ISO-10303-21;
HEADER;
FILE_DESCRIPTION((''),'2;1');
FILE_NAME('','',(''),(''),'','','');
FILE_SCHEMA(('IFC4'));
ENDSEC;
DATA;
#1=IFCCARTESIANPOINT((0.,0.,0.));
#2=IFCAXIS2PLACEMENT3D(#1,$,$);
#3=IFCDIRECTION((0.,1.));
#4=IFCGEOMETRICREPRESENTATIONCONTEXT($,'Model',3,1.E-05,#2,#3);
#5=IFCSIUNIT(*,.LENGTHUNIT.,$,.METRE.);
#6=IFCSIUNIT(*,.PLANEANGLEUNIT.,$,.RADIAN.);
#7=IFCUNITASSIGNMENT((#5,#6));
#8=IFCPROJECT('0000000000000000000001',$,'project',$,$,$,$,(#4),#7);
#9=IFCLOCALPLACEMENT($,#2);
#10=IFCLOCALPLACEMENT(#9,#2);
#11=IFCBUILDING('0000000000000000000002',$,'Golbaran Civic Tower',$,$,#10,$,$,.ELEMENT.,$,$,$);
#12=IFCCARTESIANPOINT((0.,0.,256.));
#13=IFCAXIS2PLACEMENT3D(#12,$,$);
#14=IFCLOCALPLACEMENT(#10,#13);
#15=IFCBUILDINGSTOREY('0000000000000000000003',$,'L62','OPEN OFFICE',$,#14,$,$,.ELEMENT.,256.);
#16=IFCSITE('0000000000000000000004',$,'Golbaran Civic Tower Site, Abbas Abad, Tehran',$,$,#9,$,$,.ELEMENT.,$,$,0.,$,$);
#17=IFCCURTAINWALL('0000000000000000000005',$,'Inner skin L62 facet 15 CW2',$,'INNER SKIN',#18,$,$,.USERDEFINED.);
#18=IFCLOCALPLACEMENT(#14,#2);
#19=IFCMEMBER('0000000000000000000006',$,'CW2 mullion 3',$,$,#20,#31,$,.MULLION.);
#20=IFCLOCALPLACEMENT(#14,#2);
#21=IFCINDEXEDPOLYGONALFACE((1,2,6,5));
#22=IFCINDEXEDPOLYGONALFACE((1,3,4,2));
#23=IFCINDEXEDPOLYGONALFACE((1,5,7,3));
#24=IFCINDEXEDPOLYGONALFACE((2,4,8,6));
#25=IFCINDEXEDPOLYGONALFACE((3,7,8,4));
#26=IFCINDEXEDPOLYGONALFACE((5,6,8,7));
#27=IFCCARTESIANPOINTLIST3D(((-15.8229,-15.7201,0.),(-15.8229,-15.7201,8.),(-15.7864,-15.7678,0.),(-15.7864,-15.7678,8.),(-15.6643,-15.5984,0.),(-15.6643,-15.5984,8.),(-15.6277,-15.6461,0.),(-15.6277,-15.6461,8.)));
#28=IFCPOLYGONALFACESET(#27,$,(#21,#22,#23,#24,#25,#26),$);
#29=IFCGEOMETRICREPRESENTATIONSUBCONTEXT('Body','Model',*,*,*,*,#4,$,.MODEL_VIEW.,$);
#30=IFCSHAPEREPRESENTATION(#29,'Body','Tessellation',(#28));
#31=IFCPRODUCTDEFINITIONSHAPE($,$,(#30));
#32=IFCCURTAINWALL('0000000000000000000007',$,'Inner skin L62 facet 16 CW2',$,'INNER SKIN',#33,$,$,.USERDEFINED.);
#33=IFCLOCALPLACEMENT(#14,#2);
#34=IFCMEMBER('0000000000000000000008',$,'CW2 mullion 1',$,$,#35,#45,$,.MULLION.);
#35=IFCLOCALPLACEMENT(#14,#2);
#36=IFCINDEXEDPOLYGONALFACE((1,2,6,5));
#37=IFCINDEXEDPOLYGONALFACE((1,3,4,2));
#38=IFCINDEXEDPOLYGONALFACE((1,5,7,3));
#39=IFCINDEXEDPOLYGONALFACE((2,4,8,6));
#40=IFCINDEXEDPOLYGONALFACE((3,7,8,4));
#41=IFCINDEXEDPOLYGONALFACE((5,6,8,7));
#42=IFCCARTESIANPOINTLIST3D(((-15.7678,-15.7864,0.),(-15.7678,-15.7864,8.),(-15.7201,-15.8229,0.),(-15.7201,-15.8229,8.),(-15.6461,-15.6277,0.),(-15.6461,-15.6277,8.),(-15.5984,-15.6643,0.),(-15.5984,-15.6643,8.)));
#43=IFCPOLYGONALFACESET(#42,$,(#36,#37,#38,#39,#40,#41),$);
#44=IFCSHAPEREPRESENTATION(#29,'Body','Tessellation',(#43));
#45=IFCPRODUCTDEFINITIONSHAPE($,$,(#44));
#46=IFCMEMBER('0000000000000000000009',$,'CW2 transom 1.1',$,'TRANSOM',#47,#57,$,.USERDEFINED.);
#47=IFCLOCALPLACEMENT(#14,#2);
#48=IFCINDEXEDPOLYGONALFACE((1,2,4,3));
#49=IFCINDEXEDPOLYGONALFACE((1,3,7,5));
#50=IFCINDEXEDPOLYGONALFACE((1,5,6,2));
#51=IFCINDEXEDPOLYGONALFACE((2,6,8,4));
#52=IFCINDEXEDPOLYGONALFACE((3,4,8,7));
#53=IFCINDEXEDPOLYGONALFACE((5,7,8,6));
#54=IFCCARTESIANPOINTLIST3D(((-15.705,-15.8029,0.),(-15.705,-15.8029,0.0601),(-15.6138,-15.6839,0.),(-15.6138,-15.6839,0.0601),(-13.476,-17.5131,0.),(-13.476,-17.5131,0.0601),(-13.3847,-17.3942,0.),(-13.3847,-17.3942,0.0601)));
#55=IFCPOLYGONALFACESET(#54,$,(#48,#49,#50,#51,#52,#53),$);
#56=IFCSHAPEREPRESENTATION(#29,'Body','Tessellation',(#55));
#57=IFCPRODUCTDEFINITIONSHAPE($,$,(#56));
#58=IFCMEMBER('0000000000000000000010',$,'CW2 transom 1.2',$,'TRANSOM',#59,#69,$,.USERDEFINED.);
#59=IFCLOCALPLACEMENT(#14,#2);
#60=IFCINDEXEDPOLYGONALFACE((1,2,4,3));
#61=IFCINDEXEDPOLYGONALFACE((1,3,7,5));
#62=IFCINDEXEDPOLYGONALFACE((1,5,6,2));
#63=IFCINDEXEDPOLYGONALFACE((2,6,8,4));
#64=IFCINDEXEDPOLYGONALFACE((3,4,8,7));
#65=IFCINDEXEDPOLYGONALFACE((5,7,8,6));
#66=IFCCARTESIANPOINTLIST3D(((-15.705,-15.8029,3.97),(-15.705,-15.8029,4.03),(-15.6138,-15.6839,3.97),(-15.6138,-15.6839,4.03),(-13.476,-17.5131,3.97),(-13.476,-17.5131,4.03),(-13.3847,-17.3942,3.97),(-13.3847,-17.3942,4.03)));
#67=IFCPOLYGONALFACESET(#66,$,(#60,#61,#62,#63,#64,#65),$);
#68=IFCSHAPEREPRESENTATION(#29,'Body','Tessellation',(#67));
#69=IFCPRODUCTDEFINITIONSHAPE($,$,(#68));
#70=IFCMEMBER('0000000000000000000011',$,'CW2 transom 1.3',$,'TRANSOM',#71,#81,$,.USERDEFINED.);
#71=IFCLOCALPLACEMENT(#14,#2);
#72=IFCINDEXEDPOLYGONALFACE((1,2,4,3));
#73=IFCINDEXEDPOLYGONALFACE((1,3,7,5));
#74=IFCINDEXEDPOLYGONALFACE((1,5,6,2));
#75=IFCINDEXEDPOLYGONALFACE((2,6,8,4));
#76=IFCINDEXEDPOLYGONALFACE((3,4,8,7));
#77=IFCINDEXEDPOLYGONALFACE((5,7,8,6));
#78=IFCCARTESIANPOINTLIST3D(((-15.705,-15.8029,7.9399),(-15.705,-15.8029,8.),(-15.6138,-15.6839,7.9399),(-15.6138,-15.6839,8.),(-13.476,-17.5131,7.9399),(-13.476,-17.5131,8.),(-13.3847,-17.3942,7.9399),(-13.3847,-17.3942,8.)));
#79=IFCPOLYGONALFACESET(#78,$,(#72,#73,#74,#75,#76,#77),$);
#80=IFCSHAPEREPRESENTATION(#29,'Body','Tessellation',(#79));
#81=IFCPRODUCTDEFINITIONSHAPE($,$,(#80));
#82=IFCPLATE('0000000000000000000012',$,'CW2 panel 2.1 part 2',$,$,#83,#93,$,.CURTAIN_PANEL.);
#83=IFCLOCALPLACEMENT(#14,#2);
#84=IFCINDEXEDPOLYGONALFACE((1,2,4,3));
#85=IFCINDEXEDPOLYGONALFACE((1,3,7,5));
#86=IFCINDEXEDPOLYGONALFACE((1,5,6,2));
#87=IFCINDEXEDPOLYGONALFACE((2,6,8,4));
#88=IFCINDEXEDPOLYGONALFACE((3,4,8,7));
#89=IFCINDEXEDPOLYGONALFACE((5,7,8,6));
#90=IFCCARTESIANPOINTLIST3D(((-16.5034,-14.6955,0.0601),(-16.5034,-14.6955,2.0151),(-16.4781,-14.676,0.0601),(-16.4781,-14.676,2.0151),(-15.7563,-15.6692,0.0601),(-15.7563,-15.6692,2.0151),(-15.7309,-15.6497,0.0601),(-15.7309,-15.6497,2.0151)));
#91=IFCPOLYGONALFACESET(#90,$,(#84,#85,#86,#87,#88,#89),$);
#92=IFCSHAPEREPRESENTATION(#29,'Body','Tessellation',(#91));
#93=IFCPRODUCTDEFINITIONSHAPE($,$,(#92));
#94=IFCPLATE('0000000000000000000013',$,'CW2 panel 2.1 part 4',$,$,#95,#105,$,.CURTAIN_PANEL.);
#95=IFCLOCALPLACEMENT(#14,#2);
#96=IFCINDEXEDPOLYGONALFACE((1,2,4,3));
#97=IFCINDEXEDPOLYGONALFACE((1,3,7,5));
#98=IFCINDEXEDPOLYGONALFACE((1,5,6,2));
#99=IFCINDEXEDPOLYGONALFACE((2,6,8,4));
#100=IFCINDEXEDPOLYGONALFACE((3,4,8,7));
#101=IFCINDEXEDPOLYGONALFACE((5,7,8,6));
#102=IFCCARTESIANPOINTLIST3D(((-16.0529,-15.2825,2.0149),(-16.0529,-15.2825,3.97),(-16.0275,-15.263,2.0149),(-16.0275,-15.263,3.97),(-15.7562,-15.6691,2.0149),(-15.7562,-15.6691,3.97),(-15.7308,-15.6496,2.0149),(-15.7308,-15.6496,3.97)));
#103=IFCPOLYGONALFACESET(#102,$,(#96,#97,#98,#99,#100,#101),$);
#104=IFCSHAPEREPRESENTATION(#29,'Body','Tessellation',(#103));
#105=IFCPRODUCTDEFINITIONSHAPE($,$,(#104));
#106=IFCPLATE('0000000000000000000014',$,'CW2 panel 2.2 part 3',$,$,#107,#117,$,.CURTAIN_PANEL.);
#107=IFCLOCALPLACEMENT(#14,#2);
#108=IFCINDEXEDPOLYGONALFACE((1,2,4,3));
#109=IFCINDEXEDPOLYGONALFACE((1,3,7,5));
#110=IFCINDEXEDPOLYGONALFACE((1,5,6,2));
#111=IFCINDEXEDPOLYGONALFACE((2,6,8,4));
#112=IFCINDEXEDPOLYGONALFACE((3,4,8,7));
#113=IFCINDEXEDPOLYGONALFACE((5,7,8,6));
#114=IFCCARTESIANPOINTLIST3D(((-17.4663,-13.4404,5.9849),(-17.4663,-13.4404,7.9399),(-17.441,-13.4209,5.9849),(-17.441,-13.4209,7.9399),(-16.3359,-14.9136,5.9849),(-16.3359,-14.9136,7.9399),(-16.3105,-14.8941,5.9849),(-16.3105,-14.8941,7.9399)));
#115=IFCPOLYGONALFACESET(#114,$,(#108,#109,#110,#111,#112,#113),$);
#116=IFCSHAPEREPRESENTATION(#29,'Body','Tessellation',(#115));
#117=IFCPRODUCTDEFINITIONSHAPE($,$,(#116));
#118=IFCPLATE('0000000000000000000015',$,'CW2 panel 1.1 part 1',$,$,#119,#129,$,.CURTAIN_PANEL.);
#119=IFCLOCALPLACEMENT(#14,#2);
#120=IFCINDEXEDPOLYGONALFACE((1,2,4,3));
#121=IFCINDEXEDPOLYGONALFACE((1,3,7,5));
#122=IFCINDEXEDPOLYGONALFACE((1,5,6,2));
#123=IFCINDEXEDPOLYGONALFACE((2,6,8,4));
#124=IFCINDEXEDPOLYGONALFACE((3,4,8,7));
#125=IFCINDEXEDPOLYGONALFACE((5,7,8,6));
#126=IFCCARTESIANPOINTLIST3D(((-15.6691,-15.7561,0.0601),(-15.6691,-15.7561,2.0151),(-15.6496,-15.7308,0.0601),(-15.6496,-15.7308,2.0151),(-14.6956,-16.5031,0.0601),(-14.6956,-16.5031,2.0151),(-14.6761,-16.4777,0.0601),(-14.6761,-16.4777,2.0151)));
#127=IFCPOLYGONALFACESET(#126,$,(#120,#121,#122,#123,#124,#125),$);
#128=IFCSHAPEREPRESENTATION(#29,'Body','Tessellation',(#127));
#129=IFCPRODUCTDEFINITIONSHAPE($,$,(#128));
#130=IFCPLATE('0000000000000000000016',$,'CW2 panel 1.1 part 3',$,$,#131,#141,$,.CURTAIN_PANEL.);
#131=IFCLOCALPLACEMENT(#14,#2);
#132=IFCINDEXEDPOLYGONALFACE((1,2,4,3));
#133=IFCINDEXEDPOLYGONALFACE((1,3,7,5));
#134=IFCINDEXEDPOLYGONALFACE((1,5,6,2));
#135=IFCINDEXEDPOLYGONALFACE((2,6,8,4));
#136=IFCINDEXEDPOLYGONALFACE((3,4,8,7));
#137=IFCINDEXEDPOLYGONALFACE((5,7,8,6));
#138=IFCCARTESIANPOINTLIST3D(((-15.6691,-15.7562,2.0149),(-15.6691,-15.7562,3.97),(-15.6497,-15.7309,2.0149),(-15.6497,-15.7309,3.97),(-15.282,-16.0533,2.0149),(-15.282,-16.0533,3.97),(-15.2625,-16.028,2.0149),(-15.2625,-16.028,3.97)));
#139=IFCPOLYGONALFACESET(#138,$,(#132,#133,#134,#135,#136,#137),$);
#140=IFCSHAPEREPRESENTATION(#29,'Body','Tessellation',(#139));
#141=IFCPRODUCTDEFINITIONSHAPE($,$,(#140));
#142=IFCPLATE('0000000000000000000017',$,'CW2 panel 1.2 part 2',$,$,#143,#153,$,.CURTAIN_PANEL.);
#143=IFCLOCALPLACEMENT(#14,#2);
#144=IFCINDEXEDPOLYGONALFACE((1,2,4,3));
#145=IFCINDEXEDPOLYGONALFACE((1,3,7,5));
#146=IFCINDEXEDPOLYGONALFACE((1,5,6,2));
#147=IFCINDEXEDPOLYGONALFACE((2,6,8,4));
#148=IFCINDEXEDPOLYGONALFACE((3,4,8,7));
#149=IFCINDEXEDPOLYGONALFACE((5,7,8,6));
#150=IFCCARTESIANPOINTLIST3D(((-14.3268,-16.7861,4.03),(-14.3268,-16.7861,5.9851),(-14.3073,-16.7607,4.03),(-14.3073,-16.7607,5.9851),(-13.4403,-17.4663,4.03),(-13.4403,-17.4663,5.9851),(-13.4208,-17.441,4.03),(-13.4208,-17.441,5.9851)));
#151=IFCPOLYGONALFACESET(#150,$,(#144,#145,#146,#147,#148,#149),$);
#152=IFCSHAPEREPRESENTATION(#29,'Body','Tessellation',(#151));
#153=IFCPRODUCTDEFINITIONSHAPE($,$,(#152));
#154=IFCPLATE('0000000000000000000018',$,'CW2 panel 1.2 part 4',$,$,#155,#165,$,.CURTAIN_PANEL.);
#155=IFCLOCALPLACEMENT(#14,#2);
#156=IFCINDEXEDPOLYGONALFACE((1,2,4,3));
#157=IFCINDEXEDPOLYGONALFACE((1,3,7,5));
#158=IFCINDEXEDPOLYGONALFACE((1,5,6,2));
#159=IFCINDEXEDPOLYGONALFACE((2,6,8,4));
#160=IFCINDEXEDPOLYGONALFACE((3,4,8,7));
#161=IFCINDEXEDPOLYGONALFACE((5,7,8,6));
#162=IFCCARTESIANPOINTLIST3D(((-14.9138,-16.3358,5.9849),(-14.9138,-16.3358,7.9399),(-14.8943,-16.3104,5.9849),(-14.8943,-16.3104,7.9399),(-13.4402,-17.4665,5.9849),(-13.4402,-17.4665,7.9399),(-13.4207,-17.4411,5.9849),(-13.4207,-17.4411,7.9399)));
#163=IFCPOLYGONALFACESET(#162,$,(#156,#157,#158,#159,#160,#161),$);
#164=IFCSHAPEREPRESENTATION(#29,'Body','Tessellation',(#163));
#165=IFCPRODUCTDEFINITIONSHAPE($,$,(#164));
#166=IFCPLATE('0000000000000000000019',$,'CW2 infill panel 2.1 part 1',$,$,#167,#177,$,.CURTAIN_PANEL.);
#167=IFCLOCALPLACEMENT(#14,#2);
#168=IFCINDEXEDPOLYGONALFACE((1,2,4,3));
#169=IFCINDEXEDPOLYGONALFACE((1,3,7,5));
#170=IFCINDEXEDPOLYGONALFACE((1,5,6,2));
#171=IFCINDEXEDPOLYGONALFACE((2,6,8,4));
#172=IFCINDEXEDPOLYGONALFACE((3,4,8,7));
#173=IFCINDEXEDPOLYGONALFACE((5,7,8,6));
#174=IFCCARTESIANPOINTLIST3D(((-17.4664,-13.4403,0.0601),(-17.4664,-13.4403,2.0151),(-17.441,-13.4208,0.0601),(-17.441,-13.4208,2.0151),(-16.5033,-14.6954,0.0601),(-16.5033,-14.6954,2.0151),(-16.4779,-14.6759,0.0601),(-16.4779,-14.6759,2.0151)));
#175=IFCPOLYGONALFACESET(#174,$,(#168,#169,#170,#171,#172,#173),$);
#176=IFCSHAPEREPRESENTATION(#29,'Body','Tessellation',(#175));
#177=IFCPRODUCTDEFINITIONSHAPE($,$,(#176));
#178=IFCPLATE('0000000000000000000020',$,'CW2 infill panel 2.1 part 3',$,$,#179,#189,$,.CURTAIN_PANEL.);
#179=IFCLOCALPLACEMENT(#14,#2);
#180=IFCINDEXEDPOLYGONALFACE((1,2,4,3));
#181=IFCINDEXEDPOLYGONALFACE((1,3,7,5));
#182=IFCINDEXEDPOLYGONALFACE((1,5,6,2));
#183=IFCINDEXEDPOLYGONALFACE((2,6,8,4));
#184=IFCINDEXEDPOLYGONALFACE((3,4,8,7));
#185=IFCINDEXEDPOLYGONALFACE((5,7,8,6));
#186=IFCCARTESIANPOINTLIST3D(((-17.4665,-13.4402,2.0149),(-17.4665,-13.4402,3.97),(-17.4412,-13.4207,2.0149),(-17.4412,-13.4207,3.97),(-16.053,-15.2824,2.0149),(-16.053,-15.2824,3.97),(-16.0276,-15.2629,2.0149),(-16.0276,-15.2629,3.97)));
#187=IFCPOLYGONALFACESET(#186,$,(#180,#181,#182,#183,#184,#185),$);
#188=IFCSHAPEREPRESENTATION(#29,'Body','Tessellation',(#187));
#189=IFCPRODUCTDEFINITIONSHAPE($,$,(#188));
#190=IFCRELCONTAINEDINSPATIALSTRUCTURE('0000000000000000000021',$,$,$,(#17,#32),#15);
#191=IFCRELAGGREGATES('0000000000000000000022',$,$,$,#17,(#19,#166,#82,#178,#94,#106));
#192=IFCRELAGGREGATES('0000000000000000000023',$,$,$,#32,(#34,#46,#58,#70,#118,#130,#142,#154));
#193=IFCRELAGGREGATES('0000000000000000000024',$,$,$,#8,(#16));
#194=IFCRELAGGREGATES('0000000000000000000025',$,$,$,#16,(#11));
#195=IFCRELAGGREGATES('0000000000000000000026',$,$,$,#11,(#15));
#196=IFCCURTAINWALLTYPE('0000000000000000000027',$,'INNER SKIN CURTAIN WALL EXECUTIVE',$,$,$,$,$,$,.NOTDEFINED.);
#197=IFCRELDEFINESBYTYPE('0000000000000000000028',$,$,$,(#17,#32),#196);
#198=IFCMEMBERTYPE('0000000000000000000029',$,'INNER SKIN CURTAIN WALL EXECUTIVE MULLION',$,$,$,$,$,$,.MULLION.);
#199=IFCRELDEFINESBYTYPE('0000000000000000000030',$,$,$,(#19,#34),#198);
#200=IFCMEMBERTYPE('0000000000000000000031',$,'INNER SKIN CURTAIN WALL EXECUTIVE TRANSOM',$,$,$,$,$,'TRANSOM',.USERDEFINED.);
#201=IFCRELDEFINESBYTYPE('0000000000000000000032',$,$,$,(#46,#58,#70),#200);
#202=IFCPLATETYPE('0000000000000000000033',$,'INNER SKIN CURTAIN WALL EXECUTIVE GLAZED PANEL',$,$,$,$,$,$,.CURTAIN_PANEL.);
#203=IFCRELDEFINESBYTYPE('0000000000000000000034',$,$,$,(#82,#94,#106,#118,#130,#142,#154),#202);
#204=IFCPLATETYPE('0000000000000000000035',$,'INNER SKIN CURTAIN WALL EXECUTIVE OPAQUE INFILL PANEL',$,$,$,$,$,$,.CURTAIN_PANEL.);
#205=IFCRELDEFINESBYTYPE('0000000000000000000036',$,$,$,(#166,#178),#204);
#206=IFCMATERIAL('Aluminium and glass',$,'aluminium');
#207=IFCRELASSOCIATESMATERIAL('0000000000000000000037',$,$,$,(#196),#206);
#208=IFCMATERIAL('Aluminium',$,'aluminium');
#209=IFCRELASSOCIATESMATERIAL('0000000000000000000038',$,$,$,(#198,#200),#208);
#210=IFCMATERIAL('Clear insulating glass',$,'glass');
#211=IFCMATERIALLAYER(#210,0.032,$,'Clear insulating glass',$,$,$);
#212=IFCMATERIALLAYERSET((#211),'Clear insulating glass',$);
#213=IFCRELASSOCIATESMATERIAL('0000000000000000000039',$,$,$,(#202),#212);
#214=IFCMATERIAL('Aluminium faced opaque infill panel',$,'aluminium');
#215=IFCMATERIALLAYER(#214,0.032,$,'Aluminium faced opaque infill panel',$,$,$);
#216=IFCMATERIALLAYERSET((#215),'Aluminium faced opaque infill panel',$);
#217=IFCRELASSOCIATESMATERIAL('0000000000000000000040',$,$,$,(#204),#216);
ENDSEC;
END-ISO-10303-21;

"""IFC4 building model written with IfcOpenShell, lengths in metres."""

from ifc_helpers import new_model, si_unit, direction, frame, origin, origin_2d, place, context, subcontext, project, spatial, rectangle, extrude, material, layer, layer_set, material_profile, profile_set, type_object, element, aggregate, save


model = new_model("IFC4")

# Units and contexts
model_context = context("Model", 3, precision=1e-05, world=origin(), true_north=direction((0.0, 1.0)))
body_context = subcontext(model_context, "Body", "Model", "MODEL_VIEW")
ifc_project = project(units=[si_unit("LENGTHUNIT", "METRE"), si_unit("PLANEANGLEUNIT", "RADIAN")], contexts=[model_context])

# Site, building, storey
site_placement = place(None, origin())
site = spatial("IfcSite", under=ifc_project, at=site_placement, Name="Golbaran Civic Tower Site, Abbas Abad, Tehran", CompositionType="ELEMENT", RefElevation=0.0)
building_placement = place(site_placement, origin())
building = spatial("IfcBuilding", under=site, at=building_placement, Name="Golbaran Civic Tower", CompositionType="ELEMENT")
storey_placement = place(building_placement, frame((0.0, 0.0, 256.0)))
storey = spatial("IfcBuildingStorey", under=building, at=storey_placement, Name="L62", Description="OPEN OFFICE", CompositionType="ELEMENT", Elevation=256.0)

# Curtain wall, member
ifc_material_1 = material(Name="Aluminium and glass", Category="aluminium")
curtain_wall_type = type_object("IfcCurtainWallType", Name="INNER SKIN CURTAIN WALL EXECUTIVE", PredefinedType="NOTDEFINED", material=ifc_material_1)
curtain_wall_1_placement = place(storey_placement, origin())
curtain_wall_1 = element("IfcCurtainWall", 1, at=curtain_wall_1_placement, inside=storey, type_object=curtain_wall_type, Name="Inner skin L62 facet 15 CW2", ObjectType="INNER SKIN", PredefinedType="USERDEFINED")
ifc_material_2 = material(Name="Aluminium", Category="aluminium")
ifc_material_profile_1 = material_profile(ifc_material_2, rectangle(XDim=0.2, YDim=0.0601, at=origin_2d()), Name="INNER SKIN CURTAIN WALL EXECUTIVE MULLION")
ifc_profile_set_1 = profile_set([ifc_material_profile_1], Name="Aluminium")
member_type_1 = type_object("IfcMemberType", Name="INNER SKIN CURTAIN WALL EXECUTIVE MULLION", PredefinedType="MULLION", material=ifc_profile_set_1)
member_1_placement = place(storey_placement, frame((-15.7253, -15.6831, 0.0), z_axis=(0.0, 0.0, 1.0), x_axis=(0.793353, 0.608761, 0.0)))
member_1 = element("IfcMember", 2, at=member_1_placement, type_object=member_type_1, Name="CW2 mullion 3", PredefinedType="MULLION", context=body_context, shape_type="SweptSolid", body=[
    extrude(rectangle(XDim=0.2, YDim=0.0601, at=origin_2d()), origin(), (0.0, 0.0, 1.0), 8.0),
])

# Curtain wall, members
curtain_wall_2_placement = place(storey_placement, origin())
curtain_wall_2 = element("IfcCurtainWall", 3, at=curtain_wall_2_placement, inside=storey, type_object=curtain_wall_type, Name="Inner skin L62 facet 16 CW2", ObjectType="INNER SKIN", PredefinedType="USERDEFINED")
member_2_placement = place(storey_placement, frame((-15.6831, -15.7253, 0.0), z_axis=(0.0, 0.0, 1.0), x_axis=(0.608761, 0.793353, 0.0)))
member_2 = element("IfcMember", 4, at=member_2_placement, type_object=member_type_1, Name="CW2 mullion 1", PredefinedType="MULLION", context=body_context, shape_type="SweptSolid", body=[
    extrude(rectangle(XDim=0.2, YDim=0.0601, at=origin_2d()), origin(), (0.0, 0.0, 1.0), 8.0),
])
ifc_material_profile_2 = material_profile(ifc_material_2, rectangle(XDim=0.1499, YDim=0.0601, at=origin_2d()), Name="INNER SKIN CURTAIN WALL EXECUTIVE TRANSOM")
ifc_profile_set_2 = profile_set([ifc_material_profile_2], Name="Aluminium")
member_type_2 = type_object("IfcMemberType", Name="INNER SKIN CURTAIN WALL EXECUTIVE TRANSOM", ElementType="TRANSOM", PredefinedType="USERDEFINED", material=ifc_profile_set_2)
member_3_placement = place(storey_placement, frame((-15.6594, -15.7434, 0.03), z_axis=(0.793383, -0.608723, 0.0), x_axis=(0.608723, 0.793383, 0.0)))
member_3 = element("IfcMember", 5, at=member_3_placement, type_object=member_type_2, Name="CW2 transom 1.1", ObjectType="TRANSOM", PredefinedType="USERDEFINED", context=body_context, shape_type="SweptSolid", body=[
    extrude(rectangle(XDim=0.1499, YDim=0.0601, at=origin_2d()), origin(), (0.0, 0.0, 1.0), 2.8096),
])
member_4_placement = place(storey_placement, frame((-15.6594, -15.7434, 4.0), z_axis=(0.793383, -0.608723, 0.0), x_axis=(0.608723, 0.793383, 0.0)))
member_4 = element("IfcMember", 6, at=member_4_placement, type_object=member_type_2, Name="CW2 transom 1.2", ObjectType="TRANSOM", PredefinedType="USERDEFINED", context=body_context, shape_type="SweptSolid", body=[
    extrude(rectangle(XDim=0.1499, YDim=0.0601, at=origin_2d()), origin(), (0.0, 0.0, 1.0), 2.8096),
])
member_5_placement = place(storey_placement, frame((-15.6594, -15.7434, 7.97), z_axis=(0.793383, -0.608723, 0.0), x_axis=(0.608723, 0.793383, 0.0)))
member_5 = element("IfcMember", 7, at=member_5_placement, type_object=member_type_2, Name="CW2 transom 1.3", ObjectType="TRANSOM", PredefinedType="USERDEFINED", context=body_context, shape_type="SweptSolid", body=[
    extrude(rectangle(XDim=0.1499, YDim=0.0601, at=origin_2d()), origin(), (0.0, 0.0, 1.0), 2.8096),
])

# Plates
ifc_material_3 = material(Name="Clear insulating glass", Category="glass")
ifc_layer_1 = layer(ifc_material_3, 0.032, Name="Clear insulating glass")
ifc_layer_set_1 = layer_set([ifc_layer_1], Name="Clear insulating glass")
plate_type_1 = type_object("IfcPlateType", Name="INNER SKIN CURTAIN WALL EXECUTIVE GLAZED PANEL", PredefinedType="CURTAIN_PANEL", material=ifc_layer_set_1)
plate_1_placement = place(storey_placement, frame((-16.1172, -15.1726, 0.0601), z_axis=(0.0, 0.0, 1.0), x_axis=(0.608761, -0.793353, 0.0)))
plate_1 = element("IfcPlate", 8, at=plate_1_placement, type_object=plate_type_1, Name="CW2 panel 2.1 part 2", PredefinedType="CURTAIN_PANEL", context=body_context, shape_type="SweptSolid", body=[
    extrude(rectangle(XDim=1.2273, YDim=0.032, at=origin_2d()), origin(), (0.0, 0.0, 1.0), 1.9551),
])
plate_2_placement = place(storey_placement, frame((-15.8918, -15.4661, 2.0149), z_axis=(0.0, 0.0, 1.0), x_axis=(0.608761, -0.793353, 0.0)))
plate_2 = element("IfcPlate", 9, at=plate_2_placement, type_object=plate_type_1, Name="CW2 panel 2.1 part 4", PredefinedType="CURTAIN_PANEL", context=body_context, shape_type="SweptSolid", body=[
    extrude(rectangle(XDim=0.4873, YDim=0.032, at=origin_2d()), origin(), (0.0, 0.0, 1.0), 1.9551),
])
plate_3_placement = place(storey_placement, frame((-16.8884, -14.1672, 5.9849), z_axis=(0.0, 0.0, 1.0), x_axis=(0.608761, -0.793353, 0.0)))
plate_3 = element("IfcPlate", 10, at=plate_3_placement, type_object=plate_type_1, Name="CW2 panel 2.2 part 3", PredefinedType="CURTAIN_PANEL", context=body_context, shape_type="SweptSolid", body=[
    extrude(rectangle(XDim=1.8569, YDim=0.032, at=origin_2d()), origin(), (0.0, 0.0, 1.0), 1.9551),
])
plate_4_placement = place(storey_placement, frame((-15.1726, -16.1169, 0.0601), z_axis=(0.0, 0.0, 1.0), x_axis=(0.793353, -0.608761, 0.0)))
plate_4 = element("IfcPlate", 11, at=plate_4_placement, type_object=plate_type_1, Name="CW2 panel 1.1 part 1", PredefinedType="CURTAIN_PANEL", context=body_context, shape_type="SweptSolid", body=[
    extrude(rectangle(XDim=1.2271, YDim=0.032, at=origin_2d()), origin(), (0.0, 0.0, 1.0), 1.9551),
])
plate_5_placement = place(storey_placement, frame((-15.4658, -15.8921, 2.0149), z_axis=(0.0, 0.0, 1.0), x_axis=(0.793353, -0.608761, 0.0)))
plate_5 = element("IfcPlate", 12, at=plate_5_placement, type_object=plate_type_1, Name="CW2 panel 1.1 part 3", PredefinedType="CURTAIN_PANEL", context=body_context, shape_type="SweptSolid", body=[
    extrude(rectangle(XDim=0.488, YDim=0.032, at=origin_2d()), origin(), (0.0, 0.0, 1.0), 1.9551),
])
plate_6_placement = place(storey_placement, frame((-13.8738, -17.1135, 4.03), z_axis=(0.0, 0.0, 1.0), x_axis=(0.793353, -0.608761, 0.0)))
plate_6 = element("IfcPlate", 13, at=plate_6_placement, type_object=plate_type_1, Name="CW2 panel 1.2 part 2", PredefinedType="CURTAIN_PANEL", context=body_context, shape_type="SweptSolid", body=[
    extrude(rectangle(XDim=1.1174, YDim=0.032, at=origin_2d()), origin(), (0.0, 0.0, 1.0), 1.9551),
])
plate_7_placement = place(storey_placement, frame((-14.1672, -16.8884, 5.9849), z_axis=(0.0, 0.0, 1.0), x_axis=(0.793353, -0.608761, 0.0)))
plate_7 = element("IfcPlate", 14, at=plate_7_placement, type_object=plate_type_1, Name="CW2 panel 1.2 part 4", PredefinedType="CURTAIN_PANEL", context=body_context, shape_type="SweptSolid", body=[
    extrude(rectangle(XDim=1.8574, YDim=0.032, at=origin_2d()), origin(), (0.0, 0.0, 1.0), 1.9551),
])
ifc_material_4 = material(Name="Aluminium faced opaque infill panel", Category="aluminium")
ifc_layer_2 = layer(ifc_material_4, 0.032, Name="Aluminium faced opaque infill panel")
ifc_layer_set_2 = layer_set([ifc_layer_2], Name="Aluminium faced opaque infill panel")
plate_type_2 = type_object("IfcPlateType", Name="INNER SKIN CURTAIN WALL EXECUTIVE OPAQUE INFILL PANEL", PredefinedType="CURTAIN_PANEL", material=ifc_layer_set_2)
plate_8_placement = place(storey_placement, frame((-16.9722, -14.0581, 0.0601), z_axis=(0.0, 0.0, 1.0), x_axis=(0.608761, -0.793353, 0.0)))
plate_8 = element("IfcPlate", 15, at=plate_8_placement, type_object=plate_type_2, Name="CW2 infill panel 2.1 part 1", PredefinedType="CURTAIN_PANEL", context=body_context, shape_type="SweptSolid", body=[
    extrude(rectangle(XDim=1.582, YDim=0.032, at=origin_2d()), origin(), (0.0, 0.0, 1.0), 1.9551),
])
plate_9_placement = place(storey_placement, frame((-16.7471, -14.3516, 2.0149), z_axis=(0.0, 0.0, 1.0), x_axis=(0.608761, -0.793353, 0.0)))
plate_9 = element("IfcPlate", 16, at=plate_9_placement, type_object=plate_type_2, Name="CW2 infill panel 2.1 part 3", PredefinedType="CURTAIN_PANEL", context=body_context, shape_type="SweptSolid", body=[
    extrude(rectangle(XDim=2.322, YDim=0.032, at=origin_2d()), origin(), (0.0, 0.0, 1.0), 1.9551),
])
aggregate(curtain_wall_1, [member_1, plate_8, plate_1, plate_9, plate_2, plate_3])
aggregate(curtain_wall_2, [member_2, member_3, member_4, member_5, plate_4, plate_5, plate_6, plate_7])

save(model, "model.ifc")
